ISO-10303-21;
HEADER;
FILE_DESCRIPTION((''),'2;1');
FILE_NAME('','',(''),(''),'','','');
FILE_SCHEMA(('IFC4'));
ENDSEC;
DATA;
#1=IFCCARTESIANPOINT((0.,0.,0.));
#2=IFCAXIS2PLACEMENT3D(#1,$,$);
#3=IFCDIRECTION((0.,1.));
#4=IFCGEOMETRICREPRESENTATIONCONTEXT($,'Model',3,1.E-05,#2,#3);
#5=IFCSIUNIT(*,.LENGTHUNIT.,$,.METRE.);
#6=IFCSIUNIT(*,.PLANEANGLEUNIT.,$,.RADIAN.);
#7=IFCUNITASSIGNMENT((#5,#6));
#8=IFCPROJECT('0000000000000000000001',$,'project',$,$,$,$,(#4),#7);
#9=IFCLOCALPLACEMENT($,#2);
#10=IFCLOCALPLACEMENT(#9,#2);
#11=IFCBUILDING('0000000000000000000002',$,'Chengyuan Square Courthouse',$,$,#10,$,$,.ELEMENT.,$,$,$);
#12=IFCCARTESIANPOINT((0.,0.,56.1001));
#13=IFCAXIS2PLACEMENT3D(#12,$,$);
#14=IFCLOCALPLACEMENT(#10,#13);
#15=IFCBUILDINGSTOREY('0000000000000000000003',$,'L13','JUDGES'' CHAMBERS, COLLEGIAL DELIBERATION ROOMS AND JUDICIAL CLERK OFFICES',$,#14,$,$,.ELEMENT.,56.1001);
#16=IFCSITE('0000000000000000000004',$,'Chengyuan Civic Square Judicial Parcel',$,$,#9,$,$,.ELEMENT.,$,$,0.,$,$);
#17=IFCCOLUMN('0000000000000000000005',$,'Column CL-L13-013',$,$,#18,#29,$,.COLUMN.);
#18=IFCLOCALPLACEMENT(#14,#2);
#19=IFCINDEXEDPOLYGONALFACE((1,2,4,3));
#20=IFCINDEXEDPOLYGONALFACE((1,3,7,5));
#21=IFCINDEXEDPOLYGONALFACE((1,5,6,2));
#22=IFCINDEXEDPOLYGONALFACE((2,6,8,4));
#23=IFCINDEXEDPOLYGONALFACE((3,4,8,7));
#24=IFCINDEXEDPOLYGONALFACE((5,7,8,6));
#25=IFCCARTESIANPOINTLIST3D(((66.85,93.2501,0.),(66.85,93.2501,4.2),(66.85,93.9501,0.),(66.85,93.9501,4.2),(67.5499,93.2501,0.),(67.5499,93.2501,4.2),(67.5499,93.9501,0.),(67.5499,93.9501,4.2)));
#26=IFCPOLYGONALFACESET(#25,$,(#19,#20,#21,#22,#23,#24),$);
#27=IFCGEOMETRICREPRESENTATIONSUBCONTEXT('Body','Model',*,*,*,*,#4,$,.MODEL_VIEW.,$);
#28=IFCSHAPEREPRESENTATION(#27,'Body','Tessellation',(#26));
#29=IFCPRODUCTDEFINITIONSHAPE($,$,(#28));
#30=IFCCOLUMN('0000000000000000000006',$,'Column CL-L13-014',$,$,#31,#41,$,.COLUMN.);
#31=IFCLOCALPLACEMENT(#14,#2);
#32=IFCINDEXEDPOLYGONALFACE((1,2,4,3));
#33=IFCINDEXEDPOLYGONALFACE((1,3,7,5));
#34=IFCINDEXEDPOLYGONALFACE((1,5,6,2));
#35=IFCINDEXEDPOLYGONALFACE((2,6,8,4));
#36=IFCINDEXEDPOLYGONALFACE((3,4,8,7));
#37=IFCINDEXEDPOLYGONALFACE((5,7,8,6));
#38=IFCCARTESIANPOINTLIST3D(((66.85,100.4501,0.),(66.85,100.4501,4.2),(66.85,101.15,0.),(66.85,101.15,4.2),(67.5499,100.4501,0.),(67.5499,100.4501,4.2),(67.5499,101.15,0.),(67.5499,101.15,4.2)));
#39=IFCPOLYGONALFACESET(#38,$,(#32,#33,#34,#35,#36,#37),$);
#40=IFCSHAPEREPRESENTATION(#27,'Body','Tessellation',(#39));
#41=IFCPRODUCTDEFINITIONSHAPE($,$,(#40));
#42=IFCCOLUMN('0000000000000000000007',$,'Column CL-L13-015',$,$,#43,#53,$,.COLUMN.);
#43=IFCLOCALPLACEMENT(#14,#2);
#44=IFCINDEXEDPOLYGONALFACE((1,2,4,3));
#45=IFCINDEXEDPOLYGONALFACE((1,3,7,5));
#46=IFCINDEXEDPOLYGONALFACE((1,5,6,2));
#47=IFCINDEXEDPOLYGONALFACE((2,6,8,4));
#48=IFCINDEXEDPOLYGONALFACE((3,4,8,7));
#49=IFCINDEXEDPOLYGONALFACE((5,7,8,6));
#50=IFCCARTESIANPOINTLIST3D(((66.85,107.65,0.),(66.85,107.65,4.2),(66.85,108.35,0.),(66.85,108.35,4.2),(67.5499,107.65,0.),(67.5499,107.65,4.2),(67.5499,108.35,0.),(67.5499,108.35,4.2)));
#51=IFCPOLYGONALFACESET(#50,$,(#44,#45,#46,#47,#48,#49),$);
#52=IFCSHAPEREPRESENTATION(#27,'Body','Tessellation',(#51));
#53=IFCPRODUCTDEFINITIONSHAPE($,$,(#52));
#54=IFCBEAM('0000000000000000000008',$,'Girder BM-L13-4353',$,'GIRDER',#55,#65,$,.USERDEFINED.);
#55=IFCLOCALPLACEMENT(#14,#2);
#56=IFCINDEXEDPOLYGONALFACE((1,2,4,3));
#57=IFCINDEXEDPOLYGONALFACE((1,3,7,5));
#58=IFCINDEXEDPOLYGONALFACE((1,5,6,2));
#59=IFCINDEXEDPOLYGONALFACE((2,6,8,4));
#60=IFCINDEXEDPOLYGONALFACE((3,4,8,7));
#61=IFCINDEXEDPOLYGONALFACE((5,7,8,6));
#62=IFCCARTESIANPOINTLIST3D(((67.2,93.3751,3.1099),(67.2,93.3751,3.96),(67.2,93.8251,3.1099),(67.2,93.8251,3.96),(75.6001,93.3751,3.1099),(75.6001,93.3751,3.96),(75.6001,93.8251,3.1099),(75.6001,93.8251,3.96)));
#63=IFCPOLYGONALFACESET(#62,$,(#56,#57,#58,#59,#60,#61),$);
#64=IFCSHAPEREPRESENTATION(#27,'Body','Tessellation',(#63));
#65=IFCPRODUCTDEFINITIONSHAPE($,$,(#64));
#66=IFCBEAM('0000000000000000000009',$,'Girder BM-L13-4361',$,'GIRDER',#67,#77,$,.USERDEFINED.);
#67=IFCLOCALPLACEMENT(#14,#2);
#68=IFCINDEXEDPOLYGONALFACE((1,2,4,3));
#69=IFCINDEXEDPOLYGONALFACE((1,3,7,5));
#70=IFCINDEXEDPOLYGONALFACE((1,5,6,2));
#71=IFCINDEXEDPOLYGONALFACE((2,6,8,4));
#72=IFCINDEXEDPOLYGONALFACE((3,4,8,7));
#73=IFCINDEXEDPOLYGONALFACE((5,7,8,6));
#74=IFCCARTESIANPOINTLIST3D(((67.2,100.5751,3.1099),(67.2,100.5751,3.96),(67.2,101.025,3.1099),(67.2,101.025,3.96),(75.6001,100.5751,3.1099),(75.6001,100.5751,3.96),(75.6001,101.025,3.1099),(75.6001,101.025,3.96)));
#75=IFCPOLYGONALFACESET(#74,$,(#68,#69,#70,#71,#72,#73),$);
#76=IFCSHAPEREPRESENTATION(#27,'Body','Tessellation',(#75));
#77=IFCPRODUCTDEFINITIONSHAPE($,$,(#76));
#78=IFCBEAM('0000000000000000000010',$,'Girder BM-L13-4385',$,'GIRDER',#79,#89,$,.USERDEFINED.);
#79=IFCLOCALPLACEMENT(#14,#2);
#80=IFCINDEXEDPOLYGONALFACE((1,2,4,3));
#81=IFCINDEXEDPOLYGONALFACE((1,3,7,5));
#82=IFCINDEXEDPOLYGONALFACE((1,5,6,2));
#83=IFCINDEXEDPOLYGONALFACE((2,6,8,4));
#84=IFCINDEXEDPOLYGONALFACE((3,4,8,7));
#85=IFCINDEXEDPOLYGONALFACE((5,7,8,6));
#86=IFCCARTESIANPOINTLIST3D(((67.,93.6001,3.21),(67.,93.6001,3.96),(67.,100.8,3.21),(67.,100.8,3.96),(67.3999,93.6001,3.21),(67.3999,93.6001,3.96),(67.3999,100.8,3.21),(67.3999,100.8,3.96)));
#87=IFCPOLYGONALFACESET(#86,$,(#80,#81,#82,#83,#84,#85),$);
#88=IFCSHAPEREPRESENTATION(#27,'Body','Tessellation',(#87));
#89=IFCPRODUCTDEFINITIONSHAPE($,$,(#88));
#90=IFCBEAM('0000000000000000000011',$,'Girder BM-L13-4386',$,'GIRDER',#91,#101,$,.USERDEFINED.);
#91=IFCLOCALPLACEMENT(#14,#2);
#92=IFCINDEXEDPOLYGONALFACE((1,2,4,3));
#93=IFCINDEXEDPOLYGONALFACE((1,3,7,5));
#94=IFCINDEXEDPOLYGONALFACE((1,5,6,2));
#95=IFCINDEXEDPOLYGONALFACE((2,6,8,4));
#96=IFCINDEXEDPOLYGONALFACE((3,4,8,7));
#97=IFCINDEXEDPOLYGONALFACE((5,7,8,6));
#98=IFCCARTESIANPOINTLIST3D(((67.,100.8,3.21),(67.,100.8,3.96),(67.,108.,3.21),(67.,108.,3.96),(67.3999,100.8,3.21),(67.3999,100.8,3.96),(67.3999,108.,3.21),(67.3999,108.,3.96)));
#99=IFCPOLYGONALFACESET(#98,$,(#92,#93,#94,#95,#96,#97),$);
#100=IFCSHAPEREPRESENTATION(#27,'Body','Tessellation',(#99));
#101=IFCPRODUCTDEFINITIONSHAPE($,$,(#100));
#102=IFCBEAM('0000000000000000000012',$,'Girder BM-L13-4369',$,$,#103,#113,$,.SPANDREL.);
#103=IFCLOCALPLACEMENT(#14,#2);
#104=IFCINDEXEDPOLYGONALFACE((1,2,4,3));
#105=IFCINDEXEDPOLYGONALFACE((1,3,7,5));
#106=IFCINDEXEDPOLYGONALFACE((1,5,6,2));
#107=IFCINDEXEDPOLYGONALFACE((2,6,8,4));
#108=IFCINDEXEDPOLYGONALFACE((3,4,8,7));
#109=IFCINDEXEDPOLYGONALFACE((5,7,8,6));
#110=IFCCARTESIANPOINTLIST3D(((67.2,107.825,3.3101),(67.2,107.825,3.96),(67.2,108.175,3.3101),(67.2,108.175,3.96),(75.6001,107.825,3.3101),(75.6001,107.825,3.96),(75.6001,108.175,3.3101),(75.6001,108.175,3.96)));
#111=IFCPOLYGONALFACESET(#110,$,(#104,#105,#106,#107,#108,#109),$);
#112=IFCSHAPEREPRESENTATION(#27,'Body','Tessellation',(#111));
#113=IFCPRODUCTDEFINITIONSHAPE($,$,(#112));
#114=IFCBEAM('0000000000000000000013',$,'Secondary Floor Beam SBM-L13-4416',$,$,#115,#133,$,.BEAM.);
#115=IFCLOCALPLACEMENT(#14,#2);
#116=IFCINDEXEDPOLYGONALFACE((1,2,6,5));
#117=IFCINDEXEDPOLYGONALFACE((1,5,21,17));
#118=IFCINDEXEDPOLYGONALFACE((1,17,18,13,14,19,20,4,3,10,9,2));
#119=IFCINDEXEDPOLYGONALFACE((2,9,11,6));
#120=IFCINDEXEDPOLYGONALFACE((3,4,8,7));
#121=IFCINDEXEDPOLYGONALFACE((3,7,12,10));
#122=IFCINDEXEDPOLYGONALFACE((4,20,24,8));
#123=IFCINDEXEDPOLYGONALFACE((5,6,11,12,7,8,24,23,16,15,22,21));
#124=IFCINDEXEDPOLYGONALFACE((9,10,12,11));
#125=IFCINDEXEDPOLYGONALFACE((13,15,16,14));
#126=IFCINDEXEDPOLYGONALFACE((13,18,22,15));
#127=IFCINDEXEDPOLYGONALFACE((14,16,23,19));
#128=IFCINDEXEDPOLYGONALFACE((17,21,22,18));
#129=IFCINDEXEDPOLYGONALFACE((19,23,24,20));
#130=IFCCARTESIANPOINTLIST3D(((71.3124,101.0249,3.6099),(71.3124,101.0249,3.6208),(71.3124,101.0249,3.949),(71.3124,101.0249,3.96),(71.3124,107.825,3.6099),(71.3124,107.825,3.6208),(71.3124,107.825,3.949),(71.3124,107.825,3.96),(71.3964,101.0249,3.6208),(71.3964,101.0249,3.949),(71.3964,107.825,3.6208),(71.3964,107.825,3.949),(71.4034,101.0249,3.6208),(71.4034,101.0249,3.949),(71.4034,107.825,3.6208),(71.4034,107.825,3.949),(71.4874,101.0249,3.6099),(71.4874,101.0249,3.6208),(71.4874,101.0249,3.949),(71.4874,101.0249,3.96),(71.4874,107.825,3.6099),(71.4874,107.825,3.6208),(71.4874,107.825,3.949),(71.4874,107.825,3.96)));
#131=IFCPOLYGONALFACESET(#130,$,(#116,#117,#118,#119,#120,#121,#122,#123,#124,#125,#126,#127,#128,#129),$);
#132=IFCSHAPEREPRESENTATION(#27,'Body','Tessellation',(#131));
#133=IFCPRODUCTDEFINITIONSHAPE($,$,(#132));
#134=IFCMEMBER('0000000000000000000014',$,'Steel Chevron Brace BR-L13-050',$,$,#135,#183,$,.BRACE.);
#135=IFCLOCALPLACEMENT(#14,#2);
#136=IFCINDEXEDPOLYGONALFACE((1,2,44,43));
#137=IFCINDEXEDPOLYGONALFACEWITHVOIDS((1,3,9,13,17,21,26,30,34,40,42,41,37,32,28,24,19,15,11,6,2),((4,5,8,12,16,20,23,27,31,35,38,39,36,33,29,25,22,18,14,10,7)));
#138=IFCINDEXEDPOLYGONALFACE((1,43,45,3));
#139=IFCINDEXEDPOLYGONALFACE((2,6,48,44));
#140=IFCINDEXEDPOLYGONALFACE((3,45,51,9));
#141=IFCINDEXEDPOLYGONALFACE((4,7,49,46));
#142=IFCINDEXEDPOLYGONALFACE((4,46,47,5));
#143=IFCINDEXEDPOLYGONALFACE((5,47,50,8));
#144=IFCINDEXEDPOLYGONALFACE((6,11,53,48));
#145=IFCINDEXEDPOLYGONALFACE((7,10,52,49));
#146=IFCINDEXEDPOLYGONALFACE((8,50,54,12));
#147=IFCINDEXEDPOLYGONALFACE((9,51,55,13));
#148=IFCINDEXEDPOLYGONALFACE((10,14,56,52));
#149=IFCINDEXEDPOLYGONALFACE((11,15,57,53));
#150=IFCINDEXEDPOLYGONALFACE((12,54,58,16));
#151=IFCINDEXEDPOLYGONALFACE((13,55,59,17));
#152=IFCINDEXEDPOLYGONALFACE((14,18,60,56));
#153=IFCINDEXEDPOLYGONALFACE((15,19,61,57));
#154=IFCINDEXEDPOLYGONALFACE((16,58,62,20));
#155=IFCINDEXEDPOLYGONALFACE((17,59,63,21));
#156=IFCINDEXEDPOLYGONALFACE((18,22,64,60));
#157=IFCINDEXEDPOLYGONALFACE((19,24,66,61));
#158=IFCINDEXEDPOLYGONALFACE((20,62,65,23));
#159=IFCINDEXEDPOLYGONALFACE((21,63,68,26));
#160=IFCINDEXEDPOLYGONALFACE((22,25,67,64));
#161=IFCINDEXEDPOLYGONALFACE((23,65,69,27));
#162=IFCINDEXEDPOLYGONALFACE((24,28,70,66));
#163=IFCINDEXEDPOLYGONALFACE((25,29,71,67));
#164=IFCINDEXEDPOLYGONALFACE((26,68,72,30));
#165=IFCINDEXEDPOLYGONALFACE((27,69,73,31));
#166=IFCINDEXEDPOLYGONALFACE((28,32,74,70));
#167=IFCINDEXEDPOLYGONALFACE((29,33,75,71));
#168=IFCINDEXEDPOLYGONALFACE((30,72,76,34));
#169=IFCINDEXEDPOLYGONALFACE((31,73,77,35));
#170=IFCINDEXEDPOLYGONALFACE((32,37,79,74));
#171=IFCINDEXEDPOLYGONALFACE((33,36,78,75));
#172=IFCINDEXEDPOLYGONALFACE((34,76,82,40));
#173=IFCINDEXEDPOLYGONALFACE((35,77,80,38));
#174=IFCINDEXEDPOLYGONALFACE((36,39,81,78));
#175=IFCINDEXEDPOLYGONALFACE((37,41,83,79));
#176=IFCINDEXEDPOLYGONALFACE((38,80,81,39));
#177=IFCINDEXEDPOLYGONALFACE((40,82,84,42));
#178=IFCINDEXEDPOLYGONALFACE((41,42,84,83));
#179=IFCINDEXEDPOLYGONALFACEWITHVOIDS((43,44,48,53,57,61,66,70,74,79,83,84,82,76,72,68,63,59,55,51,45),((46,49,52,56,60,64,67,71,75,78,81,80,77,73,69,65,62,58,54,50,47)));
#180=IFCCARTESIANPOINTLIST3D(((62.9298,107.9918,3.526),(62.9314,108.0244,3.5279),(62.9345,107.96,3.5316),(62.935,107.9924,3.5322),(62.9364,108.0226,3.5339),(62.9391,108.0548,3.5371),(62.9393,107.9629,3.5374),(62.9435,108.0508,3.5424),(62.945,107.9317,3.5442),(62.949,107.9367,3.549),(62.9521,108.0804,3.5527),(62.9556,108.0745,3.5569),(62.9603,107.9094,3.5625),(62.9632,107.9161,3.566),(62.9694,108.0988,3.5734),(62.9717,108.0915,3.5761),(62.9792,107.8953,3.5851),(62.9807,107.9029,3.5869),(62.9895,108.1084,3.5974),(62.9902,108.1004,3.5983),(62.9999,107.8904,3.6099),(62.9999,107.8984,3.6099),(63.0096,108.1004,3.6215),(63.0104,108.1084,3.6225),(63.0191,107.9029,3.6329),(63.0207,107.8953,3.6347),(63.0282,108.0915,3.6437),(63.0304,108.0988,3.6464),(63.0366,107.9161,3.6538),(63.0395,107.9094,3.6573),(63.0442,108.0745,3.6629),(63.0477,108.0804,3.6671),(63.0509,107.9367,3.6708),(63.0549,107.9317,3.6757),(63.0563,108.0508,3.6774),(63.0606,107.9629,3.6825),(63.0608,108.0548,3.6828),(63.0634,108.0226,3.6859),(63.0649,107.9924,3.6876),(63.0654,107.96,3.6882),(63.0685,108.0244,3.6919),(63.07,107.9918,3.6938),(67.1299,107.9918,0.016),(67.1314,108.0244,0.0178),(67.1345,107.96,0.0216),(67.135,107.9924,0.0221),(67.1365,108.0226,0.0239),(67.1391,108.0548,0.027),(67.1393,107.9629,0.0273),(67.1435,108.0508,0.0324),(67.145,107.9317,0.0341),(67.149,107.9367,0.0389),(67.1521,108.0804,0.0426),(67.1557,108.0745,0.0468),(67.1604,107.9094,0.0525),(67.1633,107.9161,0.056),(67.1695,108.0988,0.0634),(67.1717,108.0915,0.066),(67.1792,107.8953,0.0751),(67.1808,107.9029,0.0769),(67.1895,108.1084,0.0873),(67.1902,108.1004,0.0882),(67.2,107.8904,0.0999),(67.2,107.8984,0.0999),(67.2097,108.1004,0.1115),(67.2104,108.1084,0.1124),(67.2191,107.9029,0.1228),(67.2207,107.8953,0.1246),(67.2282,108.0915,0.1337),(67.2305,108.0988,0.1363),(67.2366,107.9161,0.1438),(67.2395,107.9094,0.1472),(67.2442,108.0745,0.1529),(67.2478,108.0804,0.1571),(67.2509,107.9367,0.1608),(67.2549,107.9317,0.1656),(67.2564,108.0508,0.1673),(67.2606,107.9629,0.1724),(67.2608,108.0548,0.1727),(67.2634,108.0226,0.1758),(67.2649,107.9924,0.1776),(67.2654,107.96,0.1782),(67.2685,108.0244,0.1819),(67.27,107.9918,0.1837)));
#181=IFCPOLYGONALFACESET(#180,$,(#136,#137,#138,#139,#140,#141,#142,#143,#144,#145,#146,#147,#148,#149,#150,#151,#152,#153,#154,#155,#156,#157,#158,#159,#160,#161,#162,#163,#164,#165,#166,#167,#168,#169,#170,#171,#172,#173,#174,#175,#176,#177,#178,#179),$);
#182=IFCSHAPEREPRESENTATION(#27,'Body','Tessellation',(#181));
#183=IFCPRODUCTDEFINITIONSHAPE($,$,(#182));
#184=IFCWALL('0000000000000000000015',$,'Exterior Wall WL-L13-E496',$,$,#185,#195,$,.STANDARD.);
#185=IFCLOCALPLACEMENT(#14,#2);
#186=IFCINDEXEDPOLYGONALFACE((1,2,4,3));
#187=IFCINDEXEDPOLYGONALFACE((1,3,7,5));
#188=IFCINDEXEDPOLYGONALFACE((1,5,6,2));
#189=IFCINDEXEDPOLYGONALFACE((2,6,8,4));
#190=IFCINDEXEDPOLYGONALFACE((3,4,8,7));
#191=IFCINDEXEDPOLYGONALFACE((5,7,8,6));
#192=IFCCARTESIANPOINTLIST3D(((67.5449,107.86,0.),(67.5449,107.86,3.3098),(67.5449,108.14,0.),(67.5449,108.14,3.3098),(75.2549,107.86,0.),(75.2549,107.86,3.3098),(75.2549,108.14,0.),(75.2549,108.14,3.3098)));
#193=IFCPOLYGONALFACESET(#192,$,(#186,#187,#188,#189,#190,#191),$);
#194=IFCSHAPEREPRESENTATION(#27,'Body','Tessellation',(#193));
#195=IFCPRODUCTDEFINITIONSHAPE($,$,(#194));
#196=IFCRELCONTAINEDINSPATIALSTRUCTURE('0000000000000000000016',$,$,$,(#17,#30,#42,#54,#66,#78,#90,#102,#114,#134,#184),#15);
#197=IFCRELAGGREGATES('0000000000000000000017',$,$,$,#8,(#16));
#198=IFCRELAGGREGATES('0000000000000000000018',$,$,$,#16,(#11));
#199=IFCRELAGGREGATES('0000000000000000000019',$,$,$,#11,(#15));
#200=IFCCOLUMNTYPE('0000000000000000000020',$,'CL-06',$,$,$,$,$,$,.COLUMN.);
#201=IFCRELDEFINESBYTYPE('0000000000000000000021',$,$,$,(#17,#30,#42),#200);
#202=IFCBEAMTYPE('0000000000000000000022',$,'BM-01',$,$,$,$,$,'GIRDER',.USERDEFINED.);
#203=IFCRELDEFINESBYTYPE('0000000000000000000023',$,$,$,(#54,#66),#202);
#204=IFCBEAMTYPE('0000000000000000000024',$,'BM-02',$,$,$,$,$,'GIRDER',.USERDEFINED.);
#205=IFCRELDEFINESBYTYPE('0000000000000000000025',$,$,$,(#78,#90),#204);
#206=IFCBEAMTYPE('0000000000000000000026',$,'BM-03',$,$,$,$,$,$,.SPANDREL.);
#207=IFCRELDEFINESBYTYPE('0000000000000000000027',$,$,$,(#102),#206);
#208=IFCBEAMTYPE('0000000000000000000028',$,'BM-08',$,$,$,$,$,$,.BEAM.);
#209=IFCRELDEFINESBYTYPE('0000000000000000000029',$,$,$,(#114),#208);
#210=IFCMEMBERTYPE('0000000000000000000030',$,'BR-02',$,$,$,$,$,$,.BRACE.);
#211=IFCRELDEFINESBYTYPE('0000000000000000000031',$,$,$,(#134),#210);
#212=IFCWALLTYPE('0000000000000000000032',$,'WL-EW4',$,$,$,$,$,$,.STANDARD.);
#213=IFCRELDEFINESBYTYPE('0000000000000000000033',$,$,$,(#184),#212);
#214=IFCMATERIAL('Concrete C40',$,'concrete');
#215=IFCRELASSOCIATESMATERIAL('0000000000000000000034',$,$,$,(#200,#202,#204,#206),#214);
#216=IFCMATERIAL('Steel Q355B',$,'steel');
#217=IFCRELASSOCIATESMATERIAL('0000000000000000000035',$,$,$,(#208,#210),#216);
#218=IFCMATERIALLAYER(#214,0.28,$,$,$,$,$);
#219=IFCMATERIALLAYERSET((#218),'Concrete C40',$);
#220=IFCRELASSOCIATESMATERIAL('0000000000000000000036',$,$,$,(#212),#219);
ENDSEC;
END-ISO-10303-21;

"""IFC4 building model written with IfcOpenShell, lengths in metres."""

from ifc_helpers import new_model, si_unit, direction, frame, frame_2d, origin, origin_2d, place, context, subcontext, project, spatial, rectangle, hollow_circle, i_section, extrude, material, layer, layer_set, material_profile, profile_set, type_object, element, save


model = new_model("IFC4")

# Units and contexts
model_context = context("Model", 3, precision=1e-05, world=origin(), true_north=direction((0.0, 1.0)))
body_context = subcontext(model_context, "Body", "Model", "MODEL_VIEW")
ifc_project = project(units=[si_unit("LENGTHUNIT", "METRE"), si_unit("PLANEANGLEUNIT", "RADIAN")], contexts=[model_context])

# Site, building, storey
site_placement = place(None, origin())
site = spatial("IfcSite", under=ifc_project, at=site_placement, Name="Chengyuan Civic Square Judicial Parcel", CompositionType="ELEMENT", RefElevation=0.0)
building_placement = place(site_placement, origin())
building = spatial("IfcBuilding", under=site, at=building_placement, Name="Chengyuan Square Courthouse", CompositionType="ELEMENT")
storey_placement = place(building_placement, frame((0.0, 0.0, 56.1001)))
storey = spatial("IfcBuildingStorey", under=building, at=storey_placement, Name="L13", Description="JUDGES' CHAMBERS, COLLEGIAL DELIBERATION ROOMS AND JUDICIAL CLERK OFFICES", CompositionType="ELEMENT", Elevation=56.1001)

# Columns
ifc_material_1 = material(Name="Concrete C40", Category="concrete")
ifc_material_profile_1 = material_profile(ifc_material_1, rectangle(XDim=0.7, YDim=0.7, at=origin_2d()), Name="RC-COL-700x700")
ifc_profile_set_1 = profile_set([ifc_material_profile_1], Name="Concrete C40")
column_type = type_object("IfcColumnType", Name="CL-06", PredefinedType="COLUMN", material=ifc_profile_set_1)
for number, where, z_axis, x_axis, name in (
    (1, (67.2, 93.6001, 0.0), (0.0, 0.0, 1.0), (1.0, 0.0, 0.0), "Column CL-L13-013"),
    (2, (67.2, 100.8, 0.0), (0.0, 0.0, 1.0), (1.0, 0.0, 0.0), "Column CL-L13-014"),
    (3, (67.2, 108.0, 0.0), (0.0, 0.0, 1.0), (1.0, 0.0, 0.0), "Column CL-L13-015"),
):
    element("IfcColumn", number, at=place(storey_placement, frame(where, z_axis=z_axis, x_axis=x_axis)), inside=storey, type_object=column_type, Name=name, PredefinedType="COLUMN", context=body_context, shape_type="SweptSolid", body=[
        extrude(rectangle(XDim=0.7, YDim=0.7, at=origin_2d()), origin(), (0.0, 0.0, 1.0), 4.2),
    ])

# Beams
ifc_material_profile_2 = material_profile(ifc_material_1, rectangle(XDim=0.45, YDim=0.8501, at=origin_2d()), Name="RC-BM-450x850")
ifc_profile_set_2 = profile_set([ifc_material_profile_2], Name="Concrete C40")
beam_type_1 = type_object("IfcBeamType", Name="BM-01", ElementType="GIRDER", PredefinedType="USERDEFINED", material=ifc_profile_set_2)
for number, where, z_axis, x_axis, name in (
    (4, (67.2, 93.6001, 3.5349), (1.0, 0.0, 0.0), (0.0, 1.0, 0.0), "Girder BM-L13-4353"),
    (5, (67.2, 100.8, 3.5349), (1.0, 0.0, 0.0), (0.0, 1.0, 0.0), "Girder BM-L13-4361"),
):
    element("IfcBeam", number, at=place(storey_placement, frame(where, z_axis=z_axis, x_axis=x_axis)), inside=storey, type_object=beam_type_1, Name=name, ObjectType="GIRDER", PredefinedType="USERDEFINED", context=body_context, shape_type="SweptSolid", body=[
        extrude(rectangle(XDim=0.45, YDim=0.8501, at=origin_2d()), origin(), (0.0, 0.0, 1.0), 8.4001),
    ])
ifc_material_profile_3 = material_profile(ifc_material_1, rectangle(XDim=0.3999, YDim=0.75, at=origin_2d()), Name="RC-BM-400x750")
ifc_profile_set_3 = profile_set([ifc_material_profile_3], Name="Concrete C40")
beam_type_2 = type_object("IfcBeamType", Name="BM-02", ElementType="GIRDER", PredefinedType="USERDEFINED", material=ifc_profile_set_3)
for number, where, z_axis, x_axis, name in (
    (6, (67.2, 93.6001, 3.585), (0.0, 1.0, 0.0), (-1.0, 0.0, 0.0), "Girder BM-L13-4385"),
    (7, (67.2, 100.8, 3.585), (0.0, 1.0, 0.0), (-1.0, 0.0, 0.0), "Girder BM-L13-4386"),
):
    element("IfcBeam", number, at=place(storey_placement, frame(where, z_axis=z_axis, x_axis=x_axis)), inside=storey, type_object=beam_type_2, Name=name, ObjectType="GIRDER", PredefinedType="USERDEFINED", context=body_context, shape_type="SweptSolid", body=[
        extrude(rectangle(XDim=0.3999, YDim=0.75, at=origin_2d()), origin(), (0.0, 0.0, 1.0), 7.2),
    ])
ifc_material_profile_4 = material_profile(ifc_material_1, rectangle(XDim=0.3501, YDim=0.6499, at=origin_2d()), Name="RC-BM-350x650")
ifc_profile_set_4 = profile_set([ifc_material_profile_4], Name="Concrete C40")
beam_type_3 = type_object("IfcBeamType", Name="BM-03", PredefinedType="SPANDREL", material=ifc_profile_set_4)
beam_1_placement = place(storey_placement, frame((67.2, 108.0, 3.635), z_axis=(1.0, 0.0, 0.0), x_axis=(0.0, 1.0, 0.0)))
element("IfcBeam", 8, at=beam_1_placement, inside=storey, type_object=beam_type_3, Name="Girder BM-L13-4369", PredefinedType="SPANDREL", context=body_context, shape_type="SweptSolid", body=[
    extrude(rectangle(XDim=0.3501, YDim=0.6499, at=origin_2d()), origin(), (0.0, 0.0, 1.0), 8.4001),
])
ifc_material_2 = material(Name="Steel Q355B", Category="steel")
ifc_material_profile_5 = material_profile(ifc_material_2, i_section(OverallWidth=0.175, OverallDepth=0.3501, WebThickness=0.0071, FlangeThickness=0.011, at=origin_2d()), Name="HN 350x175x7x11")
ifc_profile_set_5 = profile_set([ifc_material_profile_5], Name="Steel Q355B")
beam_type_4 = type_object("IfcBeamType", Name="BM-08", PredefinedType="BEAM", material=ifc_profile_set_5)
beam_2_placement = place(storey_placement, frame((71.3999, 101.0249, 3.7849), z_axis=(0.0, 1.0, 0.0), x_axis=(-1.0, 0.0, 0.0)))
element("IfcBeam", 9, at=beam_2_placement, inside=storey, type_object=beam_type_4, Name="Secondary Floor Beam SBM-L13-4416", PredefinedType="BEAM", context=body_context, shape_type="SweptSolid", body=[
    extrude(i_section(OverallWidth=0.175, OverallDepth=0.3501, WebThickness=0.0071, FlangeThickness=0.011, at=origin_2d()), origin(), (0.0, 0.0, 1.0), 6.8),
])

# Member
ifc_material_profile_6 = material_profile(ifc_material_2, hollow_circle(Radius=0.1096, WallThickness=0.0081, at=origin_2d()), Name="CHS 219x8")
ifc_profile_set_6 = profile_set([ifc_material_profile_6], Name="Steel Q355B")
member_type = type_object("IfcMemberType", Name="BR-02", PredefinedType="BRACE", material=ifc_profile_set_6)
member_placement = place(storey_placement, frame((67.2, 108.0, 0.0999), z_axis=(-0.767317, 0.0, 0.641267), x_axis=(0.0, -1.0, 0.0)))
element("IfcMember", 10, at=member_placement, inside=storey, type_object=member_type, Name="Steel Chevron Brace BR-L13-050", PredefinedType="BRACE", context=body_context, shape_type="SweptSolid", body=[
    extrude(hollow_circle(Radius=0.1096, WallThickness=0.0081, at=origin_2d()), origin(), (0.0, 0.0, 1.0), 5.4736),
])

# Wall
ifc_layer_1 = layer(ifc_material_1, 0.28)
ifc_layer_set_1 = layer_set([ifc_layer_1], Name="Concrete C40")
wall_type_1 = type_object("IfcWallType", Name="WL-EW4", PredefinedType="STANDARD", material=ifc_layer_set_1)
wall_1_placement = place(storey_placement, frame((67.5449, 108.0, 0.0), z_axis=(0.0, 0.0, 1.0), x_axis=(1.0, 0.0, 0.0)))
element("IfcWall", 11, at=wall_1_placement, inside=storey, type_object=wall_type_1, Name="Exterior Wall WL-L13-E496", PredefinedType="STANDARD", context=body_context, shape_type="SweptSolid", body=[
    extrude(rectangle(XDim=7.71, YDim=0.28, at=frame_2d((3.855, 0.0))), origin(), (0.0, 0.0, 1.0), 3.3098),
])

save(model, "model.ifc")
